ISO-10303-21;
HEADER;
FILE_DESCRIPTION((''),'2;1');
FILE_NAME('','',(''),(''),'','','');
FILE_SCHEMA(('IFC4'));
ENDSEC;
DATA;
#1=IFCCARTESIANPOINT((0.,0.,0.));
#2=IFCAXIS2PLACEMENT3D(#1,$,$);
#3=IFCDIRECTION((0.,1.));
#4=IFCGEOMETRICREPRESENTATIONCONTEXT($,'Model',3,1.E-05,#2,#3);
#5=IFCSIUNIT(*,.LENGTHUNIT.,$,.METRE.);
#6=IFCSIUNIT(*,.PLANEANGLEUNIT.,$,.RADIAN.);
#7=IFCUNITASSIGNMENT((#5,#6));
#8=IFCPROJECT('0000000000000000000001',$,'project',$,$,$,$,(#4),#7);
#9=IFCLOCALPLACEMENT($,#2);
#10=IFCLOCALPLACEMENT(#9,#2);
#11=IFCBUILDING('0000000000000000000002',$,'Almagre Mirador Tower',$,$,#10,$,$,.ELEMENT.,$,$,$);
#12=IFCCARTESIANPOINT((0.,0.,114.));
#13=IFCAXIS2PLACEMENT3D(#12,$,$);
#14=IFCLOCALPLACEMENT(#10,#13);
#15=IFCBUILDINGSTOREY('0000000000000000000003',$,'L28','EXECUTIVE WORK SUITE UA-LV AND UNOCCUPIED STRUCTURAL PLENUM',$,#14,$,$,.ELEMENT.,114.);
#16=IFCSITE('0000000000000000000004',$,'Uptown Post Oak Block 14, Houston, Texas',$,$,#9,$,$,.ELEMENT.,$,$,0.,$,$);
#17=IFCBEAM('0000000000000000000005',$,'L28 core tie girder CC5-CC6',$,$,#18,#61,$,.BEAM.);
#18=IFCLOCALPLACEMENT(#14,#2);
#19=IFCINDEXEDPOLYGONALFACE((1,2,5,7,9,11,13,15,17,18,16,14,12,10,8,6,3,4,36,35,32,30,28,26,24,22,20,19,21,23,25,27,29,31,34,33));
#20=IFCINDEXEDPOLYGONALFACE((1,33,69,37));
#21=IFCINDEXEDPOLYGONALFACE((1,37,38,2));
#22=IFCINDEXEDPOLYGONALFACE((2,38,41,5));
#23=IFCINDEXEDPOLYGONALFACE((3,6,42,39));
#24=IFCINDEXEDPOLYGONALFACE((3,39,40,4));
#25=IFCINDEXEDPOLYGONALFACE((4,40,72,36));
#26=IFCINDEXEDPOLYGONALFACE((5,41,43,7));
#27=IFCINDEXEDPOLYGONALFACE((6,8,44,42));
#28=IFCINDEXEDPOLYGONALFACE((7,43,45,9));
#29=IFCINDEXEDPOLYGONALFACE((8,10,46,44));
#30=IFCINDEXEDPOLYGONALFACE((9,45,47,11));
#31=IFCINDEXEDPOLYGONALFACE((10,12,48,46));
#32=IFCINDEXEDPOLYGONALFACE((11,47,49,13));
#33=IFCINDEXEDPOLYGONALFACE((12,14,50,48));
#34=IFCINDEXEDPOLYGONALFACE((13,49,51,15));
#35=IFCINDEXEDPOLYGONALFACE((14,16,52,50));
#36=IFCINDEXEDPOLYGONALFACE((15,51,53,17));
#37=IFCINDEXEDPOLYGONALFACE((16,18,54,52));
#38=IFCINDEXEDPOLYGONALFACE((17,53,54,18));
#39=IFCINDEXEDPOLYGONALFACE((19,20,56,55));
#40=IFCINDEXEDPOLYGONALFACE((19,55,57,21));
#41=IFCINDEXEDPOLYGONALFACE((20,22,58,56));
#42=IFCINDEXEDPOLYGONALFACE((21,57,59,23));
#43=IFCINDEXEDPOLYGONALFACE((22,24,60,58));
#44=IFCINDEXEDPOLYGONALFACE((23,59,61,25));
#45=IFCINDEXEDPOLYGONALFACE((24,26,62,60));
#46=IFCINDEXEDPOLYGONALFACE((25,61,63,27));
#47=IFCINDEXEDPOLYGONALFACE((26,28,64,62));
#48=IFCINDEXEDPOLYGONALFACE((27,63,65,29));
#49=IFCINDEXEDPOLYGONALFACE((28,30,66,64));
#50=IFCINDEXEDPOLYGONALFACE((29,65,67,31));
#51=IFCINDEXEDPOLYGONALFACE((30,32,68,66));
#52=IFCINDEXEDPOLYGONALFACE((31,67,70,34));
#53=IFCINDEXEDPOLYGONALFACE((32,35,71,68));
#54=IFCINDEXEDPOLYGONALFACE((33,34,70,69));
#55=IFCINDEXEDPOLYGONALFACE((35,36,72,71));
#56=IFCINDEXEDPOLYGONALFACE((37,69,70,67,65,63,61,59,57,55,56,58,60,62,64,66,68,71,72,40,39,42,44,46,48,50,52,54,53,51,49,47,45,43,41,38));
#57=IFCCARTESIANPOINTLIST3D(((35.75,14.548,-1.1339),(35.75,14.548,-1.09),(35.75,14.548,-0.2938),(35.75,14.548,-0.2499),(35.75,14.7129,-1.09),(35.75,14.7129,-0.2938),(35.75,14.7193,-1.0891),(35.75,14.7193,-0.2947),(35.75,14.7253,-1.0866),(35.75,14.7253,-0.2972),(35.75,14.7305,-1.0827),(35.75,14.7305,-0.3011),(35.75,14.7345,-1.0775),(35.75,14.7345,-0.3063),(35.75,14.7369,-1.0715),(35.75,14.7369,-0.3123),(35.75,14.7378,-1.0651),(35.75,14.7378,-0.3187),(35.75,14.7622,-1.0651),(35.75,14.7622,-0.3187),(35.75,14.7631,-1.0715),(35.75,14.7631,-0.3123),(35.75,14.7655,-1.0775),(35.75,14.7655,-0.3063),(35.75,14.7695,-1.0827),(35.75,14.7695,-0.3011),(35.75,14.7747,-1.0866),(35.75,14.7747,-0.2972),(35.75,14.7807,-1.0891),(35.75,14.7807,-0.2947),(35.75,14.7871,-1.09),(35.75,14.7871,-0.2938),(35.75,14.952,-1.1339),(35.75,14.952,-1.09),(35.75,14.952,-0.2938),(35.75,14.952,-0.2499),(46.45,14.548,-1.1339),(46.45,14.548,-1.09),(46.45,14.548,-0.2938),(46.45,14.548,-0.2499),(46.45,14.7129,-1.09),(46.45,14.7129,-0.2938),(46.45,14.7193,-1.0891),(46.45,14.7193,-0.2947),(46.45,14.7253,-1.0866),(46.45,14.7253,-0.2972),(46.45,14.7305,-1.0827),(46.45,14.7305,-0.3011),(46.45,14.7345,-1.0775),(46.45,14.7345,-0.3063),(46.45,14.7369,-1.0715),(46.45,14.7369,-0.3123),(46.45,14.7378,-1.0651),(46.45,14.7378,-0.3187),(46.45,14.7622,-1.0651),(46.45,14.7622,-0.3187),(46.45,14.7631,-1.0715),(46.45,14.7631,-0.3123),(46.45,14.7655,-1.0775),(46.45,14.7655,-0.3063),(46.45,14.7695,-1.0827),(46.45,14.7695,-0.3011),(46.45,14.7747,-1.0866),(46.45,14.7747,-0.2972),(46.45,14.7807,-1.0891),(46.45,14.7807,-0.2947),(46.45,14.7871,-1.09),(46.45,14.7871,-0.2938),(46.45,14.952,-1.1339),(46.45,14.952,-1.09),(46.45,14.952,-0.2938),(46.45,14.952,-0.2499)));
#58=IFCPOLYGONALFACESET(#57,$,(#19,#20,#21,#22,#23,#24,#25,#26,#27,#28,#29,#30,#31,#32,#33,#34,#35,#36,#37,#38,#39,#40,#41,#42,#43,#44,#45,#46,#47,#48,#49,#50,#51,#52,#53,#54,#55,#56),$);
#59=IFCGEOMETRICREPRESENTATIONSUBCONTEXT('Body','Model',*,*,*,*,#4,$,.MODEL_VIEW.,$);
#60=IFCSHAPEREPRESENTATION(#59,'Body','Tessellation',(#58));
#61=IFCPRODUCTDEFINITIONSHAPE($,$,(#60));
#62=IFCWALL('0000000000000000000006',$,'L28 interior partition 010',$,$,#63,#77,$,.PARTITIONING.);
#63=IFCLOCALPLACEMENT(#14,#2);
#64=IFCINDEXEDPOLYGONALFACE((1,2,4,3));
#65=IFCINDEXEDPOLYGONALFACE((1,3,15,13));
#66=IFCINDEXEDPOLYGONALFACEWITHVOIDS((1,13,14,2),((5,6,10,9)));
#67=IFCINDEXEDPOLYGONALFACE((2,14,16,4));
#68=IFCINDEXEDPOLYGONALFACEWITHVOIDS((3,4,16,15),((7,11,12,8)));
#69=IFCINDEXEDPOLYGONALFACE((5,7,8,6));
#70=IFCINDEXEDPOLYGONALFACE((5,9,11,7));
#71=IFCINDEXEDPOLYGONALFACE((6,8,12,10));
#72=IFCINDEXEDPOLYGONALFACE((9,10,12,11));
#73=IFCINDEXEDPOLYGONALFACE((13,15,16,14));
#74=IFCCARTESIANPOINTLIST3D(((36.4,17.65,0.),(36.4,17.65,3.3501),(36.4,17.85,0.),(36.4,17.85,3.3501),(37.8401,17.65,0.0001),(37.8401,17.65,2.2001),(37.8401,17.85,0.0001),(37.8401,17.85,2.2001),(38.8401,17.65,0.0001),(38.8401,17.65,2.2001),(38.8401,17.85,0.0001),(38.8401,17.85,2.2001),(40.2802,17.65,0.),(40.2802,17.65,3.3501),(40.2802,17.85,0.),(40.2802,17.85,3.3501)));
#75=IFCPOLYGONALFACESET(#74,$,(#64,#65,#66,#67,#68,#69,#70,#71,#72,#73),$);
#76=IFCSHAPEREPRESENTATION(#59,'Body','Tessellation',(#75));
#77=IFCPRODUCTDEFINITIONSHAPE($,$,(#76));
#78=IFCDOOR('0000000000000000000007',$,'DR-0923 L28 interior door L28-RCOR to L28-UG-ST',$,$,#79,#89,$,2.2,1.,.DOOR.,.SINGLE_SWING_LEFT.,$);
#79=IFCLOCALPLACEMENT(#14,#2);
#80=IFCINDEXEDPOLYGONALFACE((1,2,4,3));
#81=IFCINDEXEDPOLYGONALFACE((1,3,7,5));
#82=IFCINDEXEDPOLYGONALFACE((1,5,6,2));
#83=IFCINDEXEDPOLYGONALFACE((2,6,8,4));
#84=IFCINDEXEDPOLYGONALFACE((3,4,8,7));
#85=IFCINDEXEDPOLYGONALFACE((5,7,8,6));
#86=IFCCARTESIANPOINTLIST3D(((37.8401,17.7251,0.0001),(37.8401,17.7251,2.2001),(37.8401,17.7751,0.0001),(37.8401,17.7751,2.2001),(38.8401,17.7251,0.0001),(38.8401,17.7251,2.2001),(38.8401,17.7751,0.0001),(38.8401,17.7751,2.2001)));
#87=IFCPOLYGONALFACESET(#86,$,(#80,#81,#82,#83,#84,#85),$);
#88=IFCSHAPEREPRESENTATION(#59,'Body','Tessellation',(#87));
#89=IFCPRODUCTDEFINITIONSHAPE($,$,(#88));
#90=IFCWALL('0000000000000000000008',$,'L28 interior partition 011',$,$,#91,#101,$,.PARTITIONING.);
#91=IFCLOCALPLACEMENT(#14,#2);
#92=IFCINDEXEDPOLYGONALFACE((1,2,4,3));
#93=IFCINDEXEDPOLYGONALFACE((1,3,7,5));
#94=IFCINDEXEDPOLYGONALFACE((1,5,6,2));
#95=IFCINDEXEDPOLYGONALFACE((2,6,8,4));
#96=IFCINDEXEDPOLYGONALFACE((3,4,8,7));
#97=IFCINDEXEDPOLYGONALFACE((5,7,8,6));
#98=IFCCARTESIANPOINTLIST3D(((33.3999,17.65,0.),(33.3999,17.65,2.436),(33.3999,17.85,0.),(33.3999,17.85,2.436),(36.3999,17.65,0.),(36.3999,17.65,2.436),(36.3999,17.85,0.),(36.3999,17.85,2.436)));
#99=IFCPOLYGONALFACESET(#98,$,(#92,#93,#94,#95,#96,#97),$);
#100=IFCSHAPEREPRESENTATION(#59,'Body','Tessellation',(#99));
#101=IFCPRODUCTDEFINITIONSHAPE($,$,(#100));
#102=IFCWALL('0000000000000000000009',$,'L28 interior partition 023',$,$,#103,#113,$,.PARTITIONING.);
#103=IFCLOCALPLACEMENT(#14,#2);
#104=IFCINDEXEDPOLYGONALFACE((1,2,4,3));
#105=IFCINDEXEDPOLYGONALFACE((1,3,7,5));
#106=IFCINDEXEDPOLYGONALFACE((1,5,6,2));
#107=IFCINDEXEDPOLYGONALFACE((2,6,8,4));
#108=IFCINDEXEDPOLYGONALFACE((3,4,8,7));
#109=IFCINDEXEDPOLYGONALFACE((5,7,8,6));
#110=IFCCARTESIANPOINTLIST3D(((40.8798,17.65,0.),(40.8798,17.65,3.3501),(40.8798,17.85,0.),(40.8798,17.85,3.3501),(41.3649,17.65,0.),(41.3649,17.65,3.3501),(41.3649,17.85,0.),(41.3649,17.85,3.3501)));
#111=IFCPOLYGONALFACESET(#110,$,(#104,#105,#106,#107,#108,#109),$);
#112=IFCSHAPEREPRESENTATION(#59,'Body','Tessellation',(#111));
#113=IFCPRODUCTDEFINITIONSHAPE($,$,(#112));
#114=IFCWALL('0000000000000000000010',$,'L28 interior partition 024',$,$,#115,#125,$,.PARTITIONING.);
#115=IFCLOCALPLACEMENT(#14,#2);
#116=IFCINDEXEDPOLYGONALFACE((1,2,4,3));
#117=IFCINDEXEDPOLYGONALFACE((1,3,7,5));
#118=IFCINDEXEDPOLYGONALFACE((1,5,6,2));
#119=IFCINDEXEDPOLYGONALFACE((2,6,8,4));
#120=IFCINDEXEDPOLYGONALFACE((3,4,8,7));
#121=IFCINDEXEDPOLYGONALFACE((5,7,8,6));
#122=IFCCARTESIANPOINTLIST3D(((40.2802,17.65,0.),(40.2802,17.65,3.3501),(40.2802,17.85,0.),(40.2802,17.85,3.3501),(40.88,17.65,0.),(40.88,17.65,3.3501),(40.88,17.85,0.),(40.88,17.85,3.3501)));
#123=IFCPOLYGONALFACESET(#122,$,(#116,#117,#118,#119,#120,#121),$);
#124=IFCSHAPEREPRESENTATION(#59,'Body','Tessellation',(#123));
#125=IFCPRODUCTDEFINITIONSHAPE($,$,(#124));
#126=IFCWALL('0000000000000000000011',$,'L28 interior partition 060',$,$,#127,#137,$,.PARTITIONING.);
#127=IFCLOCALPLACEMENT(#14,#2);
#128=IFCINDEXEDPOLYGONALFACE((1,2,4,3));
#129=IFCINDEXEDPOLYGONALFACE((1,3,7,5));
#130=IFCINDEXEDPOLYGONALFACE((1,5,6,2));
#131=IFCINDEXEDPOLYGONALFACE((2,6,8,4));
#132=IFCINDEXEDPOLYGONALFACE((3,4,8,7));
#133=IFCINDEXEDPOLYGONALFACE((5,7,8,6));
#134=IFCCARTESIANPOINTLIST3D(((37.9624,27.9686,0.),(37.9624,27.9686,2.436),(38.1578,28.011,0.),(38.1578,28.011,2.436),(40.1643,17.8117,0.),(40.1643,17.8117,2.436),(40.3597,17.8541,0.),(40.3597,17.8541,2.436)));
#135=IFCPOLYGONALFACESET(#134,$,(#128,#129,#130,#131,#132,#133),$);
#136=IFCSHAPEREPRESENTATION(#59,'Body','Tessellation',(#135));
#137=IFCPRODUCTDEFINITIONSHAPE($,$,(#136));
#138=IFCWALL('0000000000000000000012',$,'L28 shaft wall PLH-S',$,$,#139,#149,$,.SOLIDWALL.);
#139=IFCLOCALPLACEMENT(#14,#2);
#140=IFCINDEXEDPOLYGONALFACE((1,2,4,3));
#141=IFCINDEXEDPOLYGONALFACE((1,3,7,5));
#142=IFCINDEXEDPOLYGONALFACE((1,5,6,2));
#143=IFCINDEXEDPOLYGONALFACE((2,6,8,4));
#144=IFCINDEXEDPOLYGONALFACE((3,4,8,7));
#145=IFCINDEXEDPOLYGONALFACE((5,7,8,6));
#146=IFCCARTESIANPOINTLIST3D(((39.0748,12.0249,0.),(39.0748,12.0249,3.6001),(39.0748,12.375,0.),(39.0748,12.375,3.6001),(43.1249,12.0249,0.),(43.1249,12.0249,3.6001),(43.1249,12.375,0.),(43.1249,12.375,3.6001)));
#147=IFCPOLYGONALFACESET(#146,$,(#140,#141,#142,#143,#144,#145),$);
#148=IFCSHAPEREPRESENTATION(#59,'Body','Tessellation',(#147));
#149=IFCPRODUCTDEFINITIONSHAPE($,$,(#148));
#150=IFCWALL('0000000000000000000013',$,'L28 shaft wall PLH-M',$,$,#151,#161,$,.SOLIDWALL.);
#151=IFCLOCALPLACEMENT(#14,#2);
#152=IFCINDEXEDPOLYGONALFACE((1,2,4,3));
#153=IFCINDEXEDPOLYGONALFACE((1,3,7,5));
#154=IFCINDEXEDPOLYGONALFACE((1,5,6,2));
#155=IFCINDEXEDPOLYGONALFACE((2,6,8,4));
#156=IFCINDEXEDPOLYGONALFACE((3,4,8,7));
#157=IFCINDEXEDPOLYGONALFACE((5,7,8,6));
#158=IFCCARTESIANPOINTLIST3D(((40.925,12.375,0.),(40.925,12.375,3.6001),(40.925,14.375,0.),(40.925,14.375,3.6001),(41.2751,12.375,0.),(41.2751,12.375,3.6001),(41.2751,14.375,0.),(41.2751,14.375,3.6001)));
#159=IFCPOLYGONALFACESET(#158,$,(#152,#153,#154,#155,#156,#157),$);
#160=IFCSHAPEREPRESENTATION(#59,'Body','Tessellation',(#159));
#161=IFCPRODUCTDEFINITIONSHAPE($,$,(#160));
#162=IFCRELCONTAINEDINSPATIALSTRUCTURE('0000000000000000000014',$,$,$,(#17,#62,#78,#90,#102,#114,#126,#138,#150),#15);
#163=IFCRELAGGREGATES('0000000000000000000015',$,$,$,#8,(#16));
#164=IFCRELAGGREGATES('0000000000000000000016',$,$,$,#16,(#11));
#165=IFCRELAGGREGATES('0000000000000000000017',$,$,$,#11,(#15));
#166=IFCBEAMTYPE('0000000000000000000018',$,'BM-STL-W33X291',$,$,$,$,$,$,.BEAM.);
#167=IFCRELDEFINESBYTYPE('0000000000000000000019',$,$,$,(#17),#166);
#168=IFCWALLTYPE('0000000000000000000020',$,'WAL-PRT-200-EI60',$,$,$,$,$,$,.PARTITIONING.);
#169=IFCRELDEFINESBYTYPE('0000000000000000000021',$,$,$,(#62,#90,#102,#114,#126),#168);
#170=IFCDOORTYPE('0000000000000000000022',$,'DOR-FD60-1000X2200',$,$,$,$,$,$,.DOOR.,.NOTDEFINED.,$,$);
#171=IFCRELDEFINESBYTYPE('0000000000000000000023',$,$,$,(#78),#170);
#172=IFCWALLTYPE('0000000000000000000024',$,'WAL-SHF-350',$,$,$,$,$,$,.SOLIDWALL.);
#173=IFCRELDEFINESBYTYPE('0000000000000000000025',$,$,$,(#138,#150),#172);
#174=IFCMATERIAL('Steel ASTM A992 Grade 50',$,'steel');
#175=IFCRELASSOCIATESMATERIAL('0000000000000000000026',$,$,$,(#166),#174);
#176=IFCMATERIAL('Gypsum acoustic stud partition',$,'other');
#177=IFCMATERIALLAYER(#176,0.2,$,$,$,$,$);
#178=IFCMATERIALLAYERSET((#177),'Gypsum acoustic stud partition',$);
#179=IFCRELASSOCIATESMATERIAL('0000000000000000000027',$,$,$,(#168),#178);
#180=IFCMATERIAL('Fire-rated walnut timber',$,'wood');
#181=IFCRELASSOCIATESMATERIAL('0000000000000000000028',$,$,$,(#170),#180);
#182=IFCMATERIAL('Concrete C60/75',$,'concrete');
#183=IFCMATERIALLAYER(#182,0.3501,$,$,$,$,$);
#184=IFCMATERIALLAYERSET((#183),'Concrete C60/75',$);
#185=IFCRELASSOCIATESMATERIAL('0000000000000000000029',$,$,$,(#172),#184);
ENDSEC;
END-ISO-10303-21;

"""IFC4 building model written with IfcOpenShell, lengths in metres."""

from ifc_helpers import new_model, si_unit, direction, frame, frame_2d, origin, origin_2d, place, context, subcontext, project, spatial, rectangle, i_section, extrude, material, layer, layer_set, material_profile, profile_set, type_object, element, fill, save


model = new_model("IFC4")

# Units and contexts
model_context = context("Model", 3, precision=1e-05, world=origin(), true_north=direction((0.0, 1.0)))
body_context = subcontext(model_context, "Body", "Model", "MODEL_VIEW")
ifc_project = project(units=[si_unit("LENGTHUNIT", "METRE"), si_unit("PLANEANGLEUNIT", "RADIAN")], contexts=[model_context])

# Site, building, storey
site_placement = place(None, origin())
site = spatial("IfcSite", under=ifc_project, at=site_placement, Name="Uptown Post Oak Block 14, Houston, Texas", CompositionType="ELEMENT", RefElevation=0.0)
building_placement = place(site_placement, origin())
building = spatial("IfcBuilding", under=site, at=building_placement, Name="Almagre Mirador Tower", CompositionType="ELEMENT")
storey_placement = place(building_placement, frame((0.0, 0.0, 114.0)))
storey = spatial("IfcBuildingStorey", under=building, at=storey_placement, Name="L28", Description="EXECUTIVE WORK SUITE UA-LV AND UNOCCUPIED STRUCTURAL PLENUM", CompositionType="ELEMENT", Elevation=114.0)

# Beam
ifc_material_1 = material(Name="Steel ASTM A992 Grade 50", Category="steel")
ifc_material_profile = material_profile(ifc_material_1, i_section(OverallWidth=0.4041, OverallDepth=0.884, WebThickness=0.0244, FlangeThickness=0.0439, FilletRadius=0.0249, at=origin_2d()), Name="W33X291")
ifc_profile_set = profile_set([ifc_material_profile], Name="Steel ASTM A992 Grade 50")
beam_type = type_object("IfcBeamType", Name="BM-STL-W33X291", PredefinedType="BEAM", material=ifc_profile_set)
beam_placement = place(storey_placement, frame((35.75, 14.75, -0.6919), z_axis=(1.0, 0.0, 0.0), x_axis=(0.0, 1.0, 0.0)))
element("IfcBeam", 1, at=beam_placement, inside=storey, type_object=beam_type, Name="L28 core tie girder CC5-CC6", PredefinedType="BEAM", context=body_context, shape_type="SweptSolid", body=[
    extrude(i_section(OverallWidth=0.4041, OverallDepth=0.884, WebThickness=0.0244, FlangeThickness=0.0439, FilletRadius=0.0249, at=origin_2d()), origin(), (0.0, 0.0, 1.0), 10.7),
])

# Wall, opening, door
ifc_material_2 = material(Name="Gypsum acoustic stud partition", Category="other")
ifc_layer_1 = layer(ifc_material_2, 0.2)
ifc_layer_set_1 = layer_set([ifc_layer_1], Name="Gypsum acoustic stud partition")
wall_type_1 = type_object("IfcWallType", Name="WAL-PRT-200-EI60", PredefinedType="PARTITIONING", material=ifc_layer_set_1)
wall_1_placement = place(storey_placement, frame((40.28, 17.75, 0.0), z_axis=(0.0, 0.0, 1.0), x_axis=(-1.0, 0.0, 0.0)))
wall_1 = element("IfcWall", 2, at=wall_1_placement, inside=storey, type_object=wall_type_1, Name="L28 interior partition 010", PredefinedType="PARTITIONING", context=body_context, shape_type="SweptSolid", body=[
    extrude(rectangle(XDim=3.8801, YDim=0.2, at=frame_2d((1.9399, 0.0))), origin(), (0.0, 0.0, 1.0), 3.3501),
])
opening_1_placement = place(wall_1_placement, frame((1.4399, 0.0, 0.0)))
opening_1 = element("IfcOpeningElement", 3, at=opening_1_placement, cuts=wall_1, PredefinedType="OPENING", context=body_context, shape_type="SweptSolid", body=[
    extrude(rectangle(XDim=1.0, YDim=2.2, at=frame_2d((0.5, 1.1001))), frame((0.0, 0.1101, 0.0), z_axis=(0.0, -1.0, 0.0), x_axis=(1.0, 0.0, 0.0)), (0.0, 0.0, 1.0), 0.22),
])
ifc_material_3 = material(Name="Fire-rated walnut timber", Category="wood")
door_type_1 = type_object("IfcDoorType", Name="DOR-FD60-1000X2200", OperationType="NOTDEFINED", PredefinedType="DOOR", material=ifc_material_3)
door_1_placement = place(opening_1_placement, origin())
door_1 = element("IfcDoor", 4, at=door_1_placement, inside=storey, type_object=door_type_1, Name="DR-0923 L28 interior door L28-RCOR to L28-UG-ST", OperationType="SINGLE_SWING_LEFT", OverallHeight=2.2, OverallWidth=1.0, PredefinedType="DOOR", context=body_context, shape_type="SweptSolid", body=[
    extrude(rectangle(XDim=1.0, YDim=2.2, at=frame_2d((0.5, 1.1001))), frame((0.0, 0.0249, 0.0), z_axis=(0.0, -1.0, 0.0), x_axis=(1.0, 0.0, 0.0)), (0.0, 0.0, 1.0), 0.05),
])
fill(opening_1, door_1)

# Walls
wall_2_placement = place(storey_placement, frame((36.3999, 17.75, 0.0), z_axis=(0.0, 0.0, 1.0), x_axis=(-1.0, 0.0, 0.0)))
element("IfcWall", 5, at=wall_2_placement, inside=storey, type_object=wall_type_1, Name="L28 interior partition 011", PredefinedType="PARTITIONING", context=body_context, shape_type="SweptSolid", body=[
    extrude(rectangle(XDim=3.0, YDim=0.2, at=frame_2d((1.5, 0.0))), origin(), (0.0, 0.0, 1.0), 2.436),
])
wall_3_placement = place(storey_placement, frame((41.365, 17.75, 0.0), z_axis=(0.0, 0.0, 1.0), x_axis=(-1.0, 0.0, 0.0)))
element("IfcWall", 6, at=wall_3_placement, inside=storey, type_object=wall_type_1, Name="L28 interior partition 023", PredefinedType="PARTITIONING", context=body_context, shape_type="SweptSolid", body=[
    extrude(rectangle(XDim=0.4851, YDim=0.2, at=frame_2d((0.2427, 0.0))), origin(), (0.0, 0.0, 1.0), 3.3501),
])
wall_4_placement = place(storey_placement, frame((40.8799, 17.75, 0.0), z_axis=(0.0, 0.0, 1.0), x_axis=(-1.0, 0.0, 0.0)))
element("IfcWall", 7, at=wall_4_placement, inside=storey, type_object=wall_type_1, Name="L28 interior partition 024", PredefinedType="PARTITIONING", context=body_context, shape_type="SweptSolid", body=[
    extrude(rectangle(XDim=0.5999, YDim=0.2, at=frame_2d((0.2998, 0.0))), origin(), (0.0, 0.0, 1.0), 3.3501),
])
wall_5_placement = place(storey_placement, frame((40.262, 17.833, 0.0), z_axis=(0.0, 0.0, 1.0), x_axis=(-0.211866, 0.977299, 0.0)))
element("IfcWall", 8, at=wall_5_placement, inside=storey, type_object=wall_type_1, Name="L28 interior partition 060", PredefinedType="PARTITIONING", context=body_context, shape_type="SweptSolid", body=[
    extrude(rectangle(XDim=10.3928, YDim=0.2, at=frame_2d((5.1963, 0.0))), origin(), (0.0, 0.0, 1.0), 2.436),
])
ifc_material_4 = material(Name="Concrete C60/75", Category="concrete")
ifc_layer_2 = layer(ifc_material_4, 0.3501)
ifc_layer_set_2 = layer_set([ifc_layer_2], Name="Concrete C60/75")
wall_type_2 = type_object("IfcWallType", Name="WAL-SHF-350", PredefinedType="SOLIDWALL", material=ifc_layer_set_2)
wall_6_placement = place(storey_placement, frame((39.075, 12.2, 0.0), z_axis=(0.0, 0.0, 1.0), x_axis=(1.0, 0.0, 0.0)))
element("IfcWall", 9, at=wall_6_placement, inside=storey, type_object=wall_type_2, Name="L28 shaft wall PLH-S", PredefinedType="SOLIDWALL", context=body_context, shape_type="SweptSolid", body=[
    extrude(rectangle(XDim=4.05, YDim=0.3501, at=frame_2d((2.0249, 0.0))), origin(), (0.0, 0.0, 1.0), 3.6001),
])
wall_7_placement = place(storey_placement, frame((41.1001, 12.375, 0.0), z_axis=(0.0, 0.0, 1.0), x_axis=(0.0, 1.0, 0.0)))
element("IfcWall", 10, at=wall_7_placement, inside=storey, type_object=wall_type_2, Name="L28 shaft wall PLH-M", PredefinedType="SOLIDWALL", context=body_context, shape_type="SweptSolid", body=[
    extrude(rectangle(XDim=2.0, YDim=0.3501, at=frame_2d((1.0, 0.0))), origin(), (0.0, 0.0, 1.0), 3.6001),
])

save(model, "model.ifc")
